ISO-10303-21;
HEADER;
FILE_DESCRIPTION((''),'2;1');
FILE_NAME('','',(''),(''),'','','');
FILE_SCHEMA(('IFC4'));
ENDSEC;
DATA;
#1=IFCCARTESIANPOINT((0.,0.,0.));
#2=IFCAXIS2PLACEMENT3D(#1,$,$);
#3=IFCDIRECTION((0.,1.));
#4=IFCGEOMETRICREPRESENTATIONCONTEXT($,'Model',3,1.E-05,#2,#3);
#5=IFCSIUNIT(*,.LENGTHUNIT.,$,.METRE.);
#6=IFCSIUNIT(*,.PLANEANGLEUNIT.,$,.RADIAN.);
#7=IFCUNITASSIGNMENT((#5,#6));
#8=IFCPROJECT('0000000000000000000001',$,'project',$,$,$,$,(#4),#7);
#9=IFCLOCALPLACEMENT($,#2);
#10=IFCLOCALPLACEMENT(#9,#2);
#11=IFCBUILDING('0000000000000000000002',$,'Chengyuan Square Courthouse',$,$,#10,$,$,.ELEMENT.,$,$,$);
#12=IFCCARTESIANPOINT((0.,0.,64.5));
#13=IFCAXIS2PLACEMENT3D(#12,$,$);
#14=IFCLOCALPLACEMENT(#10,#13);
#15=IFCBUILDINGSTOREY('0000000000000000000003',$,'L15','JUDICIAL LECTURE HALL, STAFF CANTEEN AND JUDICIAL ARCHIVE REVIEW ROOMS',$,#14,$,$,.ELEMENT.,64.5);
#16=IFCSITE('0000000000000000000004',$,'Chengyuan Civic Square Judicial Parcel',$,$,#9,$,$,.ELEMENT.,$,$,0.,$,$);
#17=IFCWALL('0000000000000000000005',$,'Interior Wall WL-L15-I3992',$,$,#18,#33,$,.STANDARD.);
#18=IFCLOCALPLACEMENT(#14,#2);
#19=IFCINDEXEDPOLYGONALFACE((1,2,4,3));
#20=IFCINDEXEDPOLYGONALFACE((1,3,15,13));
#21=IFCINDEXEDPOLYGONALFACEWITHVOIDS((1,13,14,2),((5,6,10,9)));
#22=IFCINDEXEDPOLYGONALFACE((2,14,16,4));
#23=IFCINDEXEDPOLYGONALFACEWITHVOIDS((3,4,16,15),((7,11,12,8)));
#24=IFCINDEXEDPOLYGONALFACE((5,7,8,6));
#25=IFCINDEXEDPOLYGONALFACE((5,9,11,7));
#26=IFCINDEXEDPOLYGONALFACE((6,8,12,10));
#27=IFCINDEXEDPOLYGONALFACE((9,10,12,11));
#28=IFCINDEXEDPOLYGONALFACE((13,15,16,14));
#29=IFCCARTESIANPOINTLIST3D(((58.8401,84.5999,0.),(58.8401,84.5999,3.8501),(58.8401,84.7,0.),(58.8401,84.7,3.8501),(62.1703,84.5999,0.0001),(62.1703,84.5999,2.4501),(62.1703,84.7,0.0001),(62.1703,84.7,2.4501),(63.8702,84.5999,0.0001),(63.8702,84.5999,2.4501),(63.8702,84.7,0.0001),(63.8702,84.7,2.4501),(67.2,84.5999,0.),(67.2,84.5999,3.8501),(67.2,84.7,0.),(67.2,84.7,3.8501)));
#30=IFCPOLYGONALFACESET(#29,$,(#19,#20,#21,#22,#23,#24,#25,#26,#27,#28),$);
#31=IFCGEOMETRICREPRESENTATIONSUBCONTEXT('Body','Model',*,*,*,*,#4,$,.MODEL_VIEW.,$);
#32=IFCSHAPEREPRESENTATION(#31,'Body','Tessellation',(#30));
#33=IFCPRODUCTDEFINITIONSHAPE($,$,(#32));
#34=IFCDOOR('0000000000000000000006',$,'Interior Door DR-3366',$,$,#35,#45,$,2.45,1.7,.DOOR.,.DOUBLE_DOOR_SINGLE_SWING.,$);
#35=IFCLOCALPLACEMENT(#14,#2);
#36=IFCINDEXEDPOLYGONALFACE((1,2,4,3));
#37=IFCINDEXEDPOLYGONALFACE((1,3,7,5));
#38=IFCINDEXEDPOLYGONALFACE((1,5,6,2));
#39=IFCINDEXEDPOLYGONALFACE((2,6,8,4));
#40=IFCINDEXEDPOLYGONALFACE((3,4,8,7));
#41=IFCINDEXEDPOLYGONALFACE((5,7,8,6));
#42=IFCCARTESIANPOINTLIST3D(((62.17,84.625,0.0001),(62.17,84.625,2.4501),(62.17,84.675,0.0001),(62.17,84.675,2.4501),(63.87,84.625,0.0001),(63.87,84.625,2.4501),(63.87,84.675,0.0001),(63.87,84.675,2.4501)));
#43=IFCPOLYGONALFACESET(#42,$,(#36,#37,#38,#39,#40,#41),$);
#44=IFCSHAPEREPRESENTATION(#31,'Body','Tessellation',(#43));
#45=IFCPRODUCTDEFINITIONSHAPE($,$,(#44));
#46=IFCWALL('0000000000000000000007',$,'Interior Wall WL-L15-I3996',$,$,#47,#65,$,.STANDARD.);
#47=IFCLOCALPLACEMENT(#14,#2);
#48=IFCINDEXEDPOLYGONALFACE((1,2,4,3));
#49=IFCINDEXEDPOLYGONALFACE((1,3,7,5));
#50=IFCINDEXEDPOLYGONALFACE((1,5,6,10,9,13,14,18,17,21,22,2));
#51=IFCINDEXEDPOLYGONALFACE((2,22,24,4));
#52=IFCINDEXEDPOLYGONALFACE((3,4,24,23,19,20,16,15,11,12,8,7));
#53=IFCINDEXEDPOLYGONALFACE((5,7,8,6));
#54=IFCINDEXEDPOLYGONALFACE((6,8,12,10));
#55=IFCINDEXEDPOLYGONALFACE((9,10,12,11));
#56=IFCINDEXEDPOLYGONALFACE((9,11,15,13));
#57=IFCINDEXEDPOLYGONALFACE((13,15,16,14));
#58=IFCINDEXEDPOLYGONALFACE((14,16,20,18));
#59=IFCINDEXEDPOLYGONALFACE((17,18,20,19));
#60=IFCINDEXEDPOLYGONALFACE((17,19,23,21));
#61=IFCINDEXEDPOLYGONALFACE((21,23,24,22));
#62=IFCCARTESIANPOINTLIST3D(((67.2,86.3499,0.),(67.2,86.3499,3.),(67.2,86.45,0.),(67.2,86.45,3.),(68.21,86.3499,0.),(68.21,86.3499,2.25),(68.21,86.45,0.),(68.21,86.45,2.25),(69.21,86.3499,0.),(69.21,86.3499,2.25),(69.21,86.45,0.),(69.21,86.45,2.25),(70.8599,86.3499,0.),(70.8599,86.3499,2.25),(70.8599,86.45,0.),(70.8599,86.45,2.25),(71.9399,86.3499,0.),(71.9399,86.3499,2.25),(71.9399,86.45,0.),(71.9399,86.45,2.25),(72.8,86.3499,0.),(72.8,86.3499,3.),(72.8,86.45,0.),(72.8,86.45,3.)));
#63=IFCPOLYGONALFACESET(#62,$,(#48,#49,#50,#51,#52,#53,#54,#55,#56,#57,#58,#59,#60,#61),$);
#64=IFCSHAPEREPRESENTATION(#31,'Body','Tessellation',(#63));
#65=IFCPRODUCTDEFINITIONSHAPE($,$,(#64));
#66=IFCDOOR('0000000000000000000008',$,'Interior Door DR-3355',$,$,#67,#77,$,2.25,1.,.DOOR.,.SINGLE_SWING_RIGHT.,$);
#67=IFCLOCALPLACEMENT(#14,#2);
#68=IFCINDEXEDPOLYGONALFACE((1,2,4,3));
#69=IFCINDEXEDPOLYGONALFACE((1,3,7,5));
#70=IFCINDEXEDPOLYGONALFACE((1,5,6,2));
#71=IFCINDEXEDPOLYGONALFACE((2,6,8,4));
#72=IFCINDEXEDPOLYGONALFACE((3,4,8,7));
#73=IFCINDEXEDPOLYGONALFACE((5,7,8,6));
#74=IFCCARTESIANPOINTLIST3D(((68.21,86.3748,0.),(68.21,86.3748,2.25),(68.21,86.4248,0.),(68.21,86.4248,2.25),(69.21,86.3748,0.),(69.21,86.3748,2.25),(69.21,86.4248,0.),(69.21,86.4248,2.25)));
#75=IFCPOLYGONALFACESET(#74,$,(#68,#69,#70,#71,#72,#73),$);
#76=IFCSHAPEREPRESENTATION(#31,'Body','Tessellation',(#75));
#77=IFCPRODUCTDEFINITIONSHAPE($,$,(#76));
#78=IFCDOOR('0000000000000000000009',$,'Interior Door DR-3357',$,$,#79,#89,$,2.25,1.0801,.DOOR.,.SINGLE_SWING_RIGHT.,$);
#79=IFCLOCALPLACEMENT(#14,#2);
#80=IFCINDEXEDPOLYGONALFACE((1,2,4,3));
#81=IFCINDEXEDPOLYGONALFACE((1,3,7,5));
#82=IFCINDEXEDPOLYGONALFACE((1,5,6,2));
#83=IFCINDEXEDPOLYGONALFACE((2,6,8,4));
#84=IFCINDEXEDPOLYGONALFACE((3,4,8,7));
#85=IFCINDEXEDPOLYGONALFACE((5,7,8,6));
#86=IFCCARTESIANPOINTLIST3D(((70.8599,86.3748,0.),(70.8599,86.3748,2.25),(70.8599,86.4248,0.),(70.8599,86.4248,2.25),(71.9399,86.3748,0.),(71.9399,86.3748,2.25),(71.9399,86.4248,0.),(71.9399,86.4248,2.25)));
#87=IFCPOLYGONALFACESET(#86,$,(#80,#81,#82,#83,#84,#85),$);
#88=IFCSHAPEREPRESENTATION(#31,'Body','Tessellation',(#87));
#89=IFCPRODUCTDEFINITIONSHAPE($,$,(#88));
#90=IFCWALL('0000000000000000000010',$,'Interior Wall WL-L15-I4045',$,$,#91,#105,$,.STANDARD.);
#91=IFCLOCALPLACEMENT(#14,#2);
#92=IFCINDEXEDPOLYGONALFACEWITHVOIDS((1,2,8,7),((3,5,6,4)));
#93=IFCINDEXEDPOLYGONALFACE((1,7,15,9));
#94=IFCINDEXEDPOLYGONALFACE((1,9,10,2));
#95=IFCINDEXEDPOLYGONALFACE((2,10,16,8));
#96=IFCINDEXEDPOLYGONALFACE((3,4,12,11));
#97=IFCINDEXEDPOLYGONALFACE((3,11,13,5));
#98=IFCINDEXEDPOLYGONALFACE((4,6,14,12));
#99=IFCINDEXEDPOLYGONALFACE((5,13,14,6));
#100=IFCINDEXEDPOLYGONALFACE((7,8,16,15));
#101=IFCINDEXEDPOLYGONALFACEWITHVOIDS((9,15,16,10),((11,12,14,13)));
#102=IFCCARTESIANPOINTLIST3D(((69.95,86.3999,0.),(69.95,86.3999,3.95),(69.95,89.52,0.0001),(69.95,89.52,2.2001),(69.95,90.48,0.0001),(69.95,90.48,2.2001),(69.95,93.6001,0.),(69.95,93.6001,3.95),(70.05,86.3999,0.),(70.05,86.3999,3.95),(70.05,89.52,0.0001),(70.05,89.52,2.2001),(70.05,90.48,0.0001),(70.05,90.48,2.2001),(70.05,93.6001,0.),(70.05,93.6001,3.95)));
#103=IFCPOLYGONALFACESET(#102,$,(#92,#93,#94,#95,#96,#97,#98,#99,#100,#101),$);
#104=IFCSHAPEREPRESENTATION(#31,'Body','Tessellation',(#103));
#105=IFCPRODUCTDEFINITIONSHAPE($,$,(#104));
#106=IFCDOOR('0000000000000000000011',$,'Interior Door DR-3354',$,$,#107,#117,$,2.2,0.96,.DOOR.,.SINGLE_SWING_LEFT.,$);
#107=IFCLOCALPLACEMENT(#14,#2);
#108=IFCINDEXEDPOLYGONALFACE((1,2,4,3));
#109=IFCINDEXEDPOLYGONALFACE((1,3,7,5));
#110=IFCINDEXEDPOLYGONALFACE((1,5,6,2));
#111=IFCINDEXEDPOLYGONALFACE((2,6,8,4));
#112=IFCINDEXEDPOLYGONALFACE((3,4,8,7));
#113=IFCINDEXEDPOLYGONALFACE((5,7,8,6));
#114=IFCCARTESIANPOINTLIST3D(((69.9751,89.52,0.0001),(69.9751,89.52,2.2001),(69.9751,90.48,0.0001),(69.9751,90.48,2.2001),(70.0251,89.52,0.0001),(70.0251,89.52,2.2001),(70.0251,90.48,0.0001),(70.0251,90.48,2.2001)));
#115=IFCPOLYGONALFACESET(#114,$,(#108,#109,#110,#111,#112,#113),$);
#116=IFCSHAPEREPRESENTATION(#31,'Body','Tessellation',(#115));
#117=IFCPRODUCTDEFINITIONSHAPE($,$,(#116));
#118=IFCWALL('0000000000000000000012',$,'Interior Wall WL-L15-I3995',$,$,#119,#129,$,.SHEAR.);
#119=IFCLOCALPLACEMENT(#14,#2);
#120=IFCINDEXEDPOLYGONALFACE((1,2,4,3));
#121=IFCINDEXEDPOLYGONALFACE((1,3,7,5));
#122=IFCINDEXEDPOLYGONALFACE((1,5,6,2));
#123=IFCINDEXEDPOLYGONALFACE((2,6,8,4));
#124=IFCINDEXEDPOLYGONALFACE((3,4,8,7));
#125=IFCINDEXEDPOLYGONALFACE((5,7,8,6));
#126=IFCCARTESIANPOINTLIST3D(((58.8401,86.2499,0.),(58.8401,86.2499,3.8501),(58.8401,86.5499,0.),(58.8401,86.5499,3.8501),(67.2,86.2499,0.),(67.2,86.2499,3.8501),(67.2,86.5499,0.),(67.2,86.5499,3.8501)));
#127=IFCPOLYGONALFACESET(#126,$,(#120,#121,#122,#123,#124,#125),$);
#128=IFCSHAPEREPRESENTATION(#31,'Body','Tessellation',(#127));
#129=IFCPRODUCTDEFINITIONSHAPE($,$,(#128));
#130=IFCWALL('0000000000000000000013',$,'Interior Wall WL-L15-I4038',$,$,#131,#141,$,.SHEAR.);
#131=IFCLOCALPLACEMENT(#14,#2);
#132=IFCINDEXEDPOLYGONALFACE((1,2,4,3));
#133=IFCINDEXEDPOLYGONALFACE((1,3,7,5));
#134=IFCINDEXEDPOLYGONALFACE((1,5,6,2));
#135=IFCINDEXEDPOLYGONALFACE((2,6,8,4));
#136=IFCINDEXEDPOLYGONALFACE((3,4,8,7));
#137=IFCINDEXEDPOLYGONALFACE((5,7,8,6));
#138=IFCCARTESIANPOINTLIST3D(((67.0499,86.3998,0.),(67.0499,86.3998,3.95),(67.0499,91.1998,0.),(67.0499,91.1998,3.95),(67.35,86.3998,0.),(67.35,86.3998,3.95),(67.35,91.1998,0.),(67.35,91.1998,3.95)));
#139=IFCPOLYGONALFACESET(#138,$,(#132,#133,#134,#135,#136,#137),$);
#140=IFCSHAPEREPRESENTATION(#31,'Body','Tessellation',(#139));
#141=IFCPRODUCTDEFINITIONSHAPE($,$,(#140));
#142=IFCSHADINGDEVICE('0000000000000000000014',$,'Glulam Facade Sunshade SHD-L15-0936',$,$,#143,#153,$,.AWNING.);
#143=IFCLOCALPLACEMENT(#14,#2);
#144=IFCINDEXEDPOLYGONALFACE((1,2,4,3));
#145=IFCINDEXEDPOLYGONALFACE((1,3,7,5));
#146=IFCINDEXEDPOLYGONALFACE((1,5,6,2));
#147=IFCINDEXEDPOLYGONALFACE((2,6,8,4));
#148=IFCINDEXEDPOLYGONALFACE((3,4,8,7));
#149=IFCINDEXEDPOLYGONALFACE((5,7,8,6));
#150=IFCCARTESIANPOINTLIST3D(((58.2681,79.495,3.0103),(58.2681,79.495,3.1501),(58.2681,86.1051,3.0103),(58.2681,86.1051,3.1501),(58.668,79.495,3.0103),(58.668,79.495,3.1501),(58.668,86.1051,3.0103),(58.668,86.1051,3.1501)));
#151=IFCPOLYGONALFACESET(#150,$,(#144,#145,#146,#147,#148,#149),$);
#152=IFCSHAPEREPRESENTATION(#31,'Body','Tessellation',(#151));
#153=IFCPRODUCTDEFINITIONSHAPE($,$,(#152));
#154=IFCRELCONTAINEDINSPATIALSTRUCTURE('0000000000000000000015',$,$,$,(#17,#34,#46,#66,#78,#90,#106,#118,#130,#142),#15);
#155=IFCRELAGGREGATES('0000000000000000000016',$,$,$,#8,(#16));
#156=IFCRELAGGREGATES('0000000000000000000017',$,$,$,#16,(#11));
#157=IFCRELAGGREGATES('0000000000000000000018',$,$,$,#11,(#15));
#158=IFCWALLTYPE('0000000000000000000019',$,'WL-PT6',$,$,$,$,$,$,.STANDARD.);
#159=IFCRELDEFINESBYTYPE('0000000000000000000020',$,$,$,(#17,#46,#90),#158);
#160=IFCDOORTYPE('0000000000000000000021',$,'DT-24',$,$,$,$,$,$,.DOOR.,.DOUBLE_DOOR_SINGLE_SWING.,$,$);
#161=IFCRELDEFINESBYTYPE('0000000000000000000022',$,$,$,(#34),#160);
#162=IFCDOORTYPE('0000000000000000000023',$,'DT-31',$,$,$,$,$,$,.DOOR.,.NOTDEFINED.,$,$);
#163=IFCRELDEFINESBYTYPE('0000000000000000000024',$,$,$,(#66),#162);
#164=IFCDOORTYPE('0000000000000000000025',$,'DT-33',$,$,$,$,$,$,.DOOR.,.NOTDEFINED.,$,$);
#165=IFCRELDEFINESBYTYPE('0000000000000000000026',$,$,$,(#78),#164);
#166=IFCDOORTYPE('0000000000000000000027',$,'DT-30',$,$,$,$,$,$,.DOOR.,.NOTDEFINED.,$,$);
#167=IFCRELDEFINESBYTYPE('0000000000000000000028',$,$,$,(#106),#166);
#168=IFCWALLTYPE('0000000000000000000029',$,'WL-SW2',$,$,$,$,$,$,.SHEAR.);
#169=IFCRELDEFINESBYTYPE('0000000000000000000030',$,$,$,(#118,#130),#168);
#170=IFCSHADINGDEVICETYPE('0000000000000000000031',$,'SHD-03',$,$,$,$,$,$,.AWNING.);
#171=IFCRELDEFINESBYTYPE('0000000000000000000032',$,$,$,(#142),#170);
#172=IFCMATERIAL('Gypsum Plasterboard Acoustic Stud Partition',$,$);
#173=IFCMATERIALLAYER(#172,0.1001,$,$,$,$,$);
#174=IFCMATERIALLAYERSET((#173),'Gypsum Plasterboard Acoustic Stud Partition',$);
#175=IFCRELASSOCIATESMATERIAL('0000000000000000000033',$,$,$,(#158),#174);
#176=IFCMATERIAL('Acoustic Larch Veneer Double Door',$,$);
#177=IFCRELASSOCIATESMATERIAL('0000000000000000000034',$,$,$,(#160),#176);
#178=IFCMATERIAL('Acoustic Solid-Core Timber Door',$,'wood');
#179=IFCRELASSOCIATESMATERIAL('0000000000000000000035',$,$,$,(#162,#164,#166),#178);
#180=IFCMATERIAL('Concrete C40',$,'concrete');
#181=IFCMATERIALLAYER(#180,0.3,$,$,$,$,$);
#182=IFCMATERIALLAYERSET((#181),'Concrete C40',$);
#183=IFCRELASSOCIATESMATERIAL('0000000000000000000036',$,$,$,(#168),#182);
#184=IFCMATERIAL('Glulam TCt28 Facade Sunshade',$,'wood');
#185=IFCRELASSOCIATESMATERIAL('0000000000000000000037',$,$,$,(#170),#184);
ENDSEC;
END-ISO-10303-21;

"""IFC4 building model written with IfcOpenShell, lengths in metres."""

from ifc_helpers import new_model, si_unit, direction, frame, frame_2d, origin, origin_2d, place, context, subcontext, project, spatial, rectangle, extrude, material, layer, layer_set, type_object, element, fill, save


model = new_model("IFC4")

# Units and contexts
model_context = context("Model", 3, precision=1e-05, world=origin(), true_north=direction((0.0, 1.0)))
body_context = subcontext(model_context, "Body", "Model", "MODEL_VIEW")
ifc_project = project(units=[si_unit("LENGTHUNIT", "METRE"), si_unit("PLANEANGLEUNIT", "RADIAN")], contexts=[model_context])

# Site, building, storey
site_placement = place(None, origin())
site = spatial("IfcSite", under=ifc_project, at=site_placement, Name="Chengyuan Civic Square Judicial Parcel", CompositionType="ELEMENT", RefElevation=0.0)
building_placement = place(site_placement, origin())
building = spatial("IfcBuilding", under=site, at=building_placement, Name="Chengyuan Square Courthouse", CompositionType="ELEMENT")
storey_placement = place(building_placement, frame((0.0, 0.0, 64.5)))
storey = spatial("IfcBuildingStorey", under=building, at=storey_placement, Name="L15", Description="JUDICIAL LECTURE HALL, STAFF CANTEEN AND JUDICIAL ARCHIVE REVIEW ROOMS", CompositionType="ELEMENT", Elevation=64.5)

# Shared definitions
ifc_material_1 = material(Name="Concrete C40", Category="concrete")

# Wall, opening, door
ifc_material_2 = material(Name="Acoustic Larch Veneer Double Door")
ifc_material_3 = material(Name="Gypsum Plasterboard Acoustic Stud Partition")
ifc_layer_1 = layer(ifc_material_3, 0.1001)
ifc_layer_set_1 = layer_set([ifc_layer_1], Name="Gypsum Plasterboard Acoustic Stud Partition")
wall_type_1 = type_object("IfcWallType", Name="WL-PT6", PredefinedType="STANDARD", material=ifc_layer_set_1)
wall_1_placement = place(storey_placement, frame((58.8401, 84.6499, 0.0), z_axis=(0.0, 0.0, 1.0), x_axis=(1.0, 0.0, 0.0)))
wall_1 = element("IfcWall", 1, at=wall_1_placement, inside=storey, type_object=wall_type_1, Name="Interior Wall WL-L15-I3992", PredefinedType="STANDARD", context=body_context, shape_type="SweptSolid", body=[
    extrude(rectangle(XDim=8.3599, YDim=0.1001, at=frame_2d((4.1799, 0.0))), origin(), (0.0, 0.0, 1.0), 3.8501),
])
opening_1_placement = place(wall_1_placement, frame((3.3301, 0.0, 0.0)))
opening_1 = element("IfcOpeningElement", 2, at=opening_1_placement, cuts=wall_1, PredefinedType="OPENING", context=body_context, shape_type="SweptSolid", body=[
    extrude(rectangle(XDim=1.7, YDim=2.45, at=frame_2d((0.8501, 1.2251))), frame((0.0, 0.062, 0.0), z_axis=(0.0, -1.0, 0.0), x_axis=(1.0, 0.0, 0.0)), (0.0, 0.0, 1.0), 0.124),
])
door_type_1 = type_object("IfcDoorType", Name="DT-24", OperationType="DOUBLE_DOOR_SINGLE_SWING", PredefinedType="DOOR", material=ifc_material_2)
door_1_placement = place(opening_1_placement, frame((1.7, 0.0, 0.0), z_axis=(0.0, 0.0, 1.0), x_axis=(-1.0, 0.0, 0.0)))
door_1 = element("IfcDoor", 3, at=door_1_placement, inside=storey, type_object=door_type_1, Name="Interior Door DR-3366", OperationType="DOUBLE_DOOR_SINGLE_SWING", OverallHeight=2.45, OverallWidth=1.7, PredefinedType="DOOR", context=body_context, shape_type="SweptSolid", body=[
    extrude(rectangle(XDim=1.7, YDim=2.45, at=frame_2d((0.8501, 1.2251))), frame((0.0, 0.0249, 0.0), z_axis=(0.0, -1.0, 0.0), x_axis=(1.0, 0.0, 0.0)), (0.0, 0.0, 1.0), 0.05),
])
fill(opening_1, door_1)

# Wall, openings, doors
wall_2_placement = place(storey_placement, frame((67.2, 86.3999, 0.0), z_axis=(0.0, 0.0, 1.0), x_axis=(1.0, 0.0, 0.0)))
wall_2 = element("IfcWall", 4, at=wall_2_placement, inside=storey, type_object=wall_type_1, Name="Interior Wall WL-L15-I3996", PredefinedType="STANDARD", context=body_context, shape_type="SweptSolid", body=[
    extrude(rectangle(XDim=5.6001, YDim=0.1001, at=frame_2d((2.8, 0.0))), origin(), (0.0, 0.0, 1.0), 3.0),
])
opening_2_placement = place(wall_2_placement, frame((1.01, 0.0, 0.0)))
opening_2 = element("IfcOpeningElement", 5, at=opening_2_placement, cuts=wall_2, PredefinedType="OPENING", context=body_context, shape_type="SweptSolid", body=[
    extrude(rectangle(XDim=1.0, YDim=2.25, at=frame_2d((0.5, 1.125))), frame((0.0, 0.062, 0.0), z_axis=(0.0, -1.0, 0.0), x_axis=(1.0, 0.0, 0.0)), (0.0, 0.0, 1.0), 0.124),
])
opening_3_placement = place(wall_2_placement, frame((3.6599, 0.0, 0.0)))
opening_3 = element("IfcOpeningElement", 6, at=opening_3_placement, cuts=wall_2, PredefinedType="OPENING", context=body_context, shape_type="SweptSolid", body=[
    extrude(rectangle(XDim=1.0801, YDim=2.25, at=frame_2d((0.54, 1.125))), frame((0.0, 0.062, 0.0), z_axis=(0.0, -1.0, 0.0), x_axis=(1.0, 0.0, 0.0)), (0.0, 0.0, 1.0), 0.124),
])
ifc_material_4 = material(Name="Acoustic Solid-Core Timber Door", Category="wood")
door_type_2 = type_object("IfcDoorType", Name="DT-31", OperationType="NOTDEFINED", PredefinedType="DOOR", material=ifc_material_4)
door_2_placement = place(opening_2_placement, origin())
door_2 = element("IfcDoor", 7, at=door_2_placement, inside=storey, type_object=door_type_2, Name="Interior Door DR-3355", OperationType="SINGLE_SWING_RIGHT", OverallHeight=2.25, OverallWidth=1.0, PredefinedType="DOOR", context=body_context, shape_type="SweptSolid", body=[
    extrude(rectangle(XDim=1.0, YDim=2.25, at=frame_2d((0.5, 1.125))), frame((0.0, 0.0249, 0.0), z_axis=(0.0, -1.0, 0.0), x_axis=(1.0, 0.0, 0.0)), (0.0, 0.0, 1.0), 0.05),
])
fill(opening_2, door_2)
door_type_3 = type_object("IfcDoorType", Name="DT-33", OperationType="NOTDEFINED", PredefinedType="DOOR", material=ifc_material_4)
door_3_placement = place(opening_3_placement, origin())
door_3 = element("IfcDoor", 8, at=door_3_placement, inside=storey, type_object=door_type_3, Name="Interior Door DR-3357", OperationType="SINGLE_SWING_RIGHT", OverallHeight=2.25, OverallWidth=1.0801, PredefinedType="DOOR", context=body_context, shape_type="SweptSolid", body=[
    extrude(rectangle(XDim=1.0801, YDim=2.25, at=frame_2d((0.54, 1.125))), frame((0.0, 0.0249, 0.0), z_axis=(0.0, -1.0, 0.0), x_axis=(1.0, 0.0, 0.0)), (0.0, 0.0, 1.0), 0.05),
])
fill(opening_3, door_3)

# Wall, opening, door
wall_3_placement = place(storey_placement, frame((70.0, 86.3999, 0.0), z_axis=(0.0, 0.0, 1.0), x_axis=(0.0, 1.0, 0.0)))
wall_3 = element("IfcWall", 9, at=wall_3_placement, inside=storey, type_object=wall_type_1, Name="Interior Wall WL-L15-I4045", PredefinedType="STANDARD", context=body_context, shape_type="SweptSolid", body=[
    extrude(rectangle(XDim=7.2002, YDim=0.1001, at=frame_2d((3.6001, 0.0))), origin(), (0.0, 0.0, 1.0), 3.95),
])
opening_4_placement = place(wall_3_placement, frame((3.1201, 0.0, 0.0)))
opening_4 = element("IfcOpeningElement", 10, at=opening_4_placement, cuts=wall_3, PredefinedType="OPENING", context=body_context, shape_type="SweptSolid", body=[
    extrude(rectangle(XDim=0.96, YDim=2.2, at=frame_2d((0.48, 1.1001))), frame((0.0, 0.062, 0.0), z_axis=(0.0, -1.0, 0.0), x_axis=(1.0, 0.0, 0.0)), (0.0, 0.0, 1.0), 0.124),
])
door_type_4 = type_object("IfcDoorType", Name="DT-30", OperationType="NOTDEFINED", PredefinedType="DOOR", material=ifc_material_4)
door_4_placement = place(opening_4_placement, origin())
door_4 = element("IfcDoor", 11, at=door_4_placement, inside=storey, type_object=door_type_4, Name="Interior Door DR-3354", OperationType="SINGLE_SWING_LEFT", OverallHeight=2.2, OverallWidth=0.96, PredefinedType="DOOR", context=body_context, shape_type="SweptSolid", body=[
    extrude(rectangle(XDim=0.96, YDim=2.2, at=frame_2d((0.48, 1.1001))), frame((0.0, 0.0249, 0.0), z_axis=(0.0, -1.0, 0.0), x_axis=(1.0, 0.0, 0.0)), (0.0, 0.0, 1.0), 0.05),
])
fill(opening_4, door_4)

# Walls
ifc_layer_2 = layer(ifc_material_1, 0.3)
ifc_layer_set_2 = layer_set([ifc_layer_2], Name="Concrete C40")
wall_type_2 = type_object("IfcWallType", Name="WL-SW2", PredefinedType="SHEAR", material=ifc_layer_set_2)
wall_4_placement = place(storey_placement, frame((58.8401, 86.3999, 0.0), z_axis=(0.0, 0.0, 1.0), x_axis=(1.0, 0.0, 0.0)))
element("IfcWall", 12, at=wall_4_placement, inside=storey, type_object=wall_type_2, Name="Interior Wall WL-L15-I3995", PredefinedType="SHEAR", context=body_context, shape_type="SweptSolid", body=[
    extrude(rectangle(XDim=8.3599, YDim=0.3, at=frame_2d((4.1799, 0.0))), origin(), (0.0, 0.0, 1.0), 3.8501),
])
wall_5_placement = place(storey_placement, frame((67.2, 86.3999, 0.0), z_axis=(0.0, 0.0, 1.0), x_axis=(0.0, 1.0, 0.0)))
element("IfcWall", 13, at=wall_5_placement, inside=storey, type_object=wall_type_2, Name="Interior Wall WL-L15-I4038", PredefinedType="SHEAR", context=body_context, shape_type="SweptSolid", body=[
    extrude(rectangle(XDim=4.8, YDim=0.3, at=frame_2d((2.3999, 0.0))), origin(), (0.0, 0.0, 1.0), 3.95),
])

# Shading device
ifc_material_5 = material(Name="Glulam TCt28 Facade Sunshade", Category="wood")
shading_device_type = type_object("IfcShadingDeviceType", Name="SHD-03", PredefinedType="AWNING", material=ifc_material_5)
shading_device_placement = place(storey_placement, frame((58.468, 82.8, 3.0103), z_axis=(0.0, 0.0, 1.0), x_axis=(0.0, 1.0, 0.0)))
element("IfcShadingDevice", 14, at=shading_device_placement, inside=storey, type_object=shading_device_type, Name="Glulam Facade Sunshade SHD-L15-0936", PredefinedType="AWNING", context=body_context, shape_type="SweptSolid", body=[
    extrude(rectangle(XDim=6.6101, YDim=0.3999, at=origin_2d()), origin(), (0.0, 0.0, 1.0), 0.1399),
])

save(model, "model.ifc")
